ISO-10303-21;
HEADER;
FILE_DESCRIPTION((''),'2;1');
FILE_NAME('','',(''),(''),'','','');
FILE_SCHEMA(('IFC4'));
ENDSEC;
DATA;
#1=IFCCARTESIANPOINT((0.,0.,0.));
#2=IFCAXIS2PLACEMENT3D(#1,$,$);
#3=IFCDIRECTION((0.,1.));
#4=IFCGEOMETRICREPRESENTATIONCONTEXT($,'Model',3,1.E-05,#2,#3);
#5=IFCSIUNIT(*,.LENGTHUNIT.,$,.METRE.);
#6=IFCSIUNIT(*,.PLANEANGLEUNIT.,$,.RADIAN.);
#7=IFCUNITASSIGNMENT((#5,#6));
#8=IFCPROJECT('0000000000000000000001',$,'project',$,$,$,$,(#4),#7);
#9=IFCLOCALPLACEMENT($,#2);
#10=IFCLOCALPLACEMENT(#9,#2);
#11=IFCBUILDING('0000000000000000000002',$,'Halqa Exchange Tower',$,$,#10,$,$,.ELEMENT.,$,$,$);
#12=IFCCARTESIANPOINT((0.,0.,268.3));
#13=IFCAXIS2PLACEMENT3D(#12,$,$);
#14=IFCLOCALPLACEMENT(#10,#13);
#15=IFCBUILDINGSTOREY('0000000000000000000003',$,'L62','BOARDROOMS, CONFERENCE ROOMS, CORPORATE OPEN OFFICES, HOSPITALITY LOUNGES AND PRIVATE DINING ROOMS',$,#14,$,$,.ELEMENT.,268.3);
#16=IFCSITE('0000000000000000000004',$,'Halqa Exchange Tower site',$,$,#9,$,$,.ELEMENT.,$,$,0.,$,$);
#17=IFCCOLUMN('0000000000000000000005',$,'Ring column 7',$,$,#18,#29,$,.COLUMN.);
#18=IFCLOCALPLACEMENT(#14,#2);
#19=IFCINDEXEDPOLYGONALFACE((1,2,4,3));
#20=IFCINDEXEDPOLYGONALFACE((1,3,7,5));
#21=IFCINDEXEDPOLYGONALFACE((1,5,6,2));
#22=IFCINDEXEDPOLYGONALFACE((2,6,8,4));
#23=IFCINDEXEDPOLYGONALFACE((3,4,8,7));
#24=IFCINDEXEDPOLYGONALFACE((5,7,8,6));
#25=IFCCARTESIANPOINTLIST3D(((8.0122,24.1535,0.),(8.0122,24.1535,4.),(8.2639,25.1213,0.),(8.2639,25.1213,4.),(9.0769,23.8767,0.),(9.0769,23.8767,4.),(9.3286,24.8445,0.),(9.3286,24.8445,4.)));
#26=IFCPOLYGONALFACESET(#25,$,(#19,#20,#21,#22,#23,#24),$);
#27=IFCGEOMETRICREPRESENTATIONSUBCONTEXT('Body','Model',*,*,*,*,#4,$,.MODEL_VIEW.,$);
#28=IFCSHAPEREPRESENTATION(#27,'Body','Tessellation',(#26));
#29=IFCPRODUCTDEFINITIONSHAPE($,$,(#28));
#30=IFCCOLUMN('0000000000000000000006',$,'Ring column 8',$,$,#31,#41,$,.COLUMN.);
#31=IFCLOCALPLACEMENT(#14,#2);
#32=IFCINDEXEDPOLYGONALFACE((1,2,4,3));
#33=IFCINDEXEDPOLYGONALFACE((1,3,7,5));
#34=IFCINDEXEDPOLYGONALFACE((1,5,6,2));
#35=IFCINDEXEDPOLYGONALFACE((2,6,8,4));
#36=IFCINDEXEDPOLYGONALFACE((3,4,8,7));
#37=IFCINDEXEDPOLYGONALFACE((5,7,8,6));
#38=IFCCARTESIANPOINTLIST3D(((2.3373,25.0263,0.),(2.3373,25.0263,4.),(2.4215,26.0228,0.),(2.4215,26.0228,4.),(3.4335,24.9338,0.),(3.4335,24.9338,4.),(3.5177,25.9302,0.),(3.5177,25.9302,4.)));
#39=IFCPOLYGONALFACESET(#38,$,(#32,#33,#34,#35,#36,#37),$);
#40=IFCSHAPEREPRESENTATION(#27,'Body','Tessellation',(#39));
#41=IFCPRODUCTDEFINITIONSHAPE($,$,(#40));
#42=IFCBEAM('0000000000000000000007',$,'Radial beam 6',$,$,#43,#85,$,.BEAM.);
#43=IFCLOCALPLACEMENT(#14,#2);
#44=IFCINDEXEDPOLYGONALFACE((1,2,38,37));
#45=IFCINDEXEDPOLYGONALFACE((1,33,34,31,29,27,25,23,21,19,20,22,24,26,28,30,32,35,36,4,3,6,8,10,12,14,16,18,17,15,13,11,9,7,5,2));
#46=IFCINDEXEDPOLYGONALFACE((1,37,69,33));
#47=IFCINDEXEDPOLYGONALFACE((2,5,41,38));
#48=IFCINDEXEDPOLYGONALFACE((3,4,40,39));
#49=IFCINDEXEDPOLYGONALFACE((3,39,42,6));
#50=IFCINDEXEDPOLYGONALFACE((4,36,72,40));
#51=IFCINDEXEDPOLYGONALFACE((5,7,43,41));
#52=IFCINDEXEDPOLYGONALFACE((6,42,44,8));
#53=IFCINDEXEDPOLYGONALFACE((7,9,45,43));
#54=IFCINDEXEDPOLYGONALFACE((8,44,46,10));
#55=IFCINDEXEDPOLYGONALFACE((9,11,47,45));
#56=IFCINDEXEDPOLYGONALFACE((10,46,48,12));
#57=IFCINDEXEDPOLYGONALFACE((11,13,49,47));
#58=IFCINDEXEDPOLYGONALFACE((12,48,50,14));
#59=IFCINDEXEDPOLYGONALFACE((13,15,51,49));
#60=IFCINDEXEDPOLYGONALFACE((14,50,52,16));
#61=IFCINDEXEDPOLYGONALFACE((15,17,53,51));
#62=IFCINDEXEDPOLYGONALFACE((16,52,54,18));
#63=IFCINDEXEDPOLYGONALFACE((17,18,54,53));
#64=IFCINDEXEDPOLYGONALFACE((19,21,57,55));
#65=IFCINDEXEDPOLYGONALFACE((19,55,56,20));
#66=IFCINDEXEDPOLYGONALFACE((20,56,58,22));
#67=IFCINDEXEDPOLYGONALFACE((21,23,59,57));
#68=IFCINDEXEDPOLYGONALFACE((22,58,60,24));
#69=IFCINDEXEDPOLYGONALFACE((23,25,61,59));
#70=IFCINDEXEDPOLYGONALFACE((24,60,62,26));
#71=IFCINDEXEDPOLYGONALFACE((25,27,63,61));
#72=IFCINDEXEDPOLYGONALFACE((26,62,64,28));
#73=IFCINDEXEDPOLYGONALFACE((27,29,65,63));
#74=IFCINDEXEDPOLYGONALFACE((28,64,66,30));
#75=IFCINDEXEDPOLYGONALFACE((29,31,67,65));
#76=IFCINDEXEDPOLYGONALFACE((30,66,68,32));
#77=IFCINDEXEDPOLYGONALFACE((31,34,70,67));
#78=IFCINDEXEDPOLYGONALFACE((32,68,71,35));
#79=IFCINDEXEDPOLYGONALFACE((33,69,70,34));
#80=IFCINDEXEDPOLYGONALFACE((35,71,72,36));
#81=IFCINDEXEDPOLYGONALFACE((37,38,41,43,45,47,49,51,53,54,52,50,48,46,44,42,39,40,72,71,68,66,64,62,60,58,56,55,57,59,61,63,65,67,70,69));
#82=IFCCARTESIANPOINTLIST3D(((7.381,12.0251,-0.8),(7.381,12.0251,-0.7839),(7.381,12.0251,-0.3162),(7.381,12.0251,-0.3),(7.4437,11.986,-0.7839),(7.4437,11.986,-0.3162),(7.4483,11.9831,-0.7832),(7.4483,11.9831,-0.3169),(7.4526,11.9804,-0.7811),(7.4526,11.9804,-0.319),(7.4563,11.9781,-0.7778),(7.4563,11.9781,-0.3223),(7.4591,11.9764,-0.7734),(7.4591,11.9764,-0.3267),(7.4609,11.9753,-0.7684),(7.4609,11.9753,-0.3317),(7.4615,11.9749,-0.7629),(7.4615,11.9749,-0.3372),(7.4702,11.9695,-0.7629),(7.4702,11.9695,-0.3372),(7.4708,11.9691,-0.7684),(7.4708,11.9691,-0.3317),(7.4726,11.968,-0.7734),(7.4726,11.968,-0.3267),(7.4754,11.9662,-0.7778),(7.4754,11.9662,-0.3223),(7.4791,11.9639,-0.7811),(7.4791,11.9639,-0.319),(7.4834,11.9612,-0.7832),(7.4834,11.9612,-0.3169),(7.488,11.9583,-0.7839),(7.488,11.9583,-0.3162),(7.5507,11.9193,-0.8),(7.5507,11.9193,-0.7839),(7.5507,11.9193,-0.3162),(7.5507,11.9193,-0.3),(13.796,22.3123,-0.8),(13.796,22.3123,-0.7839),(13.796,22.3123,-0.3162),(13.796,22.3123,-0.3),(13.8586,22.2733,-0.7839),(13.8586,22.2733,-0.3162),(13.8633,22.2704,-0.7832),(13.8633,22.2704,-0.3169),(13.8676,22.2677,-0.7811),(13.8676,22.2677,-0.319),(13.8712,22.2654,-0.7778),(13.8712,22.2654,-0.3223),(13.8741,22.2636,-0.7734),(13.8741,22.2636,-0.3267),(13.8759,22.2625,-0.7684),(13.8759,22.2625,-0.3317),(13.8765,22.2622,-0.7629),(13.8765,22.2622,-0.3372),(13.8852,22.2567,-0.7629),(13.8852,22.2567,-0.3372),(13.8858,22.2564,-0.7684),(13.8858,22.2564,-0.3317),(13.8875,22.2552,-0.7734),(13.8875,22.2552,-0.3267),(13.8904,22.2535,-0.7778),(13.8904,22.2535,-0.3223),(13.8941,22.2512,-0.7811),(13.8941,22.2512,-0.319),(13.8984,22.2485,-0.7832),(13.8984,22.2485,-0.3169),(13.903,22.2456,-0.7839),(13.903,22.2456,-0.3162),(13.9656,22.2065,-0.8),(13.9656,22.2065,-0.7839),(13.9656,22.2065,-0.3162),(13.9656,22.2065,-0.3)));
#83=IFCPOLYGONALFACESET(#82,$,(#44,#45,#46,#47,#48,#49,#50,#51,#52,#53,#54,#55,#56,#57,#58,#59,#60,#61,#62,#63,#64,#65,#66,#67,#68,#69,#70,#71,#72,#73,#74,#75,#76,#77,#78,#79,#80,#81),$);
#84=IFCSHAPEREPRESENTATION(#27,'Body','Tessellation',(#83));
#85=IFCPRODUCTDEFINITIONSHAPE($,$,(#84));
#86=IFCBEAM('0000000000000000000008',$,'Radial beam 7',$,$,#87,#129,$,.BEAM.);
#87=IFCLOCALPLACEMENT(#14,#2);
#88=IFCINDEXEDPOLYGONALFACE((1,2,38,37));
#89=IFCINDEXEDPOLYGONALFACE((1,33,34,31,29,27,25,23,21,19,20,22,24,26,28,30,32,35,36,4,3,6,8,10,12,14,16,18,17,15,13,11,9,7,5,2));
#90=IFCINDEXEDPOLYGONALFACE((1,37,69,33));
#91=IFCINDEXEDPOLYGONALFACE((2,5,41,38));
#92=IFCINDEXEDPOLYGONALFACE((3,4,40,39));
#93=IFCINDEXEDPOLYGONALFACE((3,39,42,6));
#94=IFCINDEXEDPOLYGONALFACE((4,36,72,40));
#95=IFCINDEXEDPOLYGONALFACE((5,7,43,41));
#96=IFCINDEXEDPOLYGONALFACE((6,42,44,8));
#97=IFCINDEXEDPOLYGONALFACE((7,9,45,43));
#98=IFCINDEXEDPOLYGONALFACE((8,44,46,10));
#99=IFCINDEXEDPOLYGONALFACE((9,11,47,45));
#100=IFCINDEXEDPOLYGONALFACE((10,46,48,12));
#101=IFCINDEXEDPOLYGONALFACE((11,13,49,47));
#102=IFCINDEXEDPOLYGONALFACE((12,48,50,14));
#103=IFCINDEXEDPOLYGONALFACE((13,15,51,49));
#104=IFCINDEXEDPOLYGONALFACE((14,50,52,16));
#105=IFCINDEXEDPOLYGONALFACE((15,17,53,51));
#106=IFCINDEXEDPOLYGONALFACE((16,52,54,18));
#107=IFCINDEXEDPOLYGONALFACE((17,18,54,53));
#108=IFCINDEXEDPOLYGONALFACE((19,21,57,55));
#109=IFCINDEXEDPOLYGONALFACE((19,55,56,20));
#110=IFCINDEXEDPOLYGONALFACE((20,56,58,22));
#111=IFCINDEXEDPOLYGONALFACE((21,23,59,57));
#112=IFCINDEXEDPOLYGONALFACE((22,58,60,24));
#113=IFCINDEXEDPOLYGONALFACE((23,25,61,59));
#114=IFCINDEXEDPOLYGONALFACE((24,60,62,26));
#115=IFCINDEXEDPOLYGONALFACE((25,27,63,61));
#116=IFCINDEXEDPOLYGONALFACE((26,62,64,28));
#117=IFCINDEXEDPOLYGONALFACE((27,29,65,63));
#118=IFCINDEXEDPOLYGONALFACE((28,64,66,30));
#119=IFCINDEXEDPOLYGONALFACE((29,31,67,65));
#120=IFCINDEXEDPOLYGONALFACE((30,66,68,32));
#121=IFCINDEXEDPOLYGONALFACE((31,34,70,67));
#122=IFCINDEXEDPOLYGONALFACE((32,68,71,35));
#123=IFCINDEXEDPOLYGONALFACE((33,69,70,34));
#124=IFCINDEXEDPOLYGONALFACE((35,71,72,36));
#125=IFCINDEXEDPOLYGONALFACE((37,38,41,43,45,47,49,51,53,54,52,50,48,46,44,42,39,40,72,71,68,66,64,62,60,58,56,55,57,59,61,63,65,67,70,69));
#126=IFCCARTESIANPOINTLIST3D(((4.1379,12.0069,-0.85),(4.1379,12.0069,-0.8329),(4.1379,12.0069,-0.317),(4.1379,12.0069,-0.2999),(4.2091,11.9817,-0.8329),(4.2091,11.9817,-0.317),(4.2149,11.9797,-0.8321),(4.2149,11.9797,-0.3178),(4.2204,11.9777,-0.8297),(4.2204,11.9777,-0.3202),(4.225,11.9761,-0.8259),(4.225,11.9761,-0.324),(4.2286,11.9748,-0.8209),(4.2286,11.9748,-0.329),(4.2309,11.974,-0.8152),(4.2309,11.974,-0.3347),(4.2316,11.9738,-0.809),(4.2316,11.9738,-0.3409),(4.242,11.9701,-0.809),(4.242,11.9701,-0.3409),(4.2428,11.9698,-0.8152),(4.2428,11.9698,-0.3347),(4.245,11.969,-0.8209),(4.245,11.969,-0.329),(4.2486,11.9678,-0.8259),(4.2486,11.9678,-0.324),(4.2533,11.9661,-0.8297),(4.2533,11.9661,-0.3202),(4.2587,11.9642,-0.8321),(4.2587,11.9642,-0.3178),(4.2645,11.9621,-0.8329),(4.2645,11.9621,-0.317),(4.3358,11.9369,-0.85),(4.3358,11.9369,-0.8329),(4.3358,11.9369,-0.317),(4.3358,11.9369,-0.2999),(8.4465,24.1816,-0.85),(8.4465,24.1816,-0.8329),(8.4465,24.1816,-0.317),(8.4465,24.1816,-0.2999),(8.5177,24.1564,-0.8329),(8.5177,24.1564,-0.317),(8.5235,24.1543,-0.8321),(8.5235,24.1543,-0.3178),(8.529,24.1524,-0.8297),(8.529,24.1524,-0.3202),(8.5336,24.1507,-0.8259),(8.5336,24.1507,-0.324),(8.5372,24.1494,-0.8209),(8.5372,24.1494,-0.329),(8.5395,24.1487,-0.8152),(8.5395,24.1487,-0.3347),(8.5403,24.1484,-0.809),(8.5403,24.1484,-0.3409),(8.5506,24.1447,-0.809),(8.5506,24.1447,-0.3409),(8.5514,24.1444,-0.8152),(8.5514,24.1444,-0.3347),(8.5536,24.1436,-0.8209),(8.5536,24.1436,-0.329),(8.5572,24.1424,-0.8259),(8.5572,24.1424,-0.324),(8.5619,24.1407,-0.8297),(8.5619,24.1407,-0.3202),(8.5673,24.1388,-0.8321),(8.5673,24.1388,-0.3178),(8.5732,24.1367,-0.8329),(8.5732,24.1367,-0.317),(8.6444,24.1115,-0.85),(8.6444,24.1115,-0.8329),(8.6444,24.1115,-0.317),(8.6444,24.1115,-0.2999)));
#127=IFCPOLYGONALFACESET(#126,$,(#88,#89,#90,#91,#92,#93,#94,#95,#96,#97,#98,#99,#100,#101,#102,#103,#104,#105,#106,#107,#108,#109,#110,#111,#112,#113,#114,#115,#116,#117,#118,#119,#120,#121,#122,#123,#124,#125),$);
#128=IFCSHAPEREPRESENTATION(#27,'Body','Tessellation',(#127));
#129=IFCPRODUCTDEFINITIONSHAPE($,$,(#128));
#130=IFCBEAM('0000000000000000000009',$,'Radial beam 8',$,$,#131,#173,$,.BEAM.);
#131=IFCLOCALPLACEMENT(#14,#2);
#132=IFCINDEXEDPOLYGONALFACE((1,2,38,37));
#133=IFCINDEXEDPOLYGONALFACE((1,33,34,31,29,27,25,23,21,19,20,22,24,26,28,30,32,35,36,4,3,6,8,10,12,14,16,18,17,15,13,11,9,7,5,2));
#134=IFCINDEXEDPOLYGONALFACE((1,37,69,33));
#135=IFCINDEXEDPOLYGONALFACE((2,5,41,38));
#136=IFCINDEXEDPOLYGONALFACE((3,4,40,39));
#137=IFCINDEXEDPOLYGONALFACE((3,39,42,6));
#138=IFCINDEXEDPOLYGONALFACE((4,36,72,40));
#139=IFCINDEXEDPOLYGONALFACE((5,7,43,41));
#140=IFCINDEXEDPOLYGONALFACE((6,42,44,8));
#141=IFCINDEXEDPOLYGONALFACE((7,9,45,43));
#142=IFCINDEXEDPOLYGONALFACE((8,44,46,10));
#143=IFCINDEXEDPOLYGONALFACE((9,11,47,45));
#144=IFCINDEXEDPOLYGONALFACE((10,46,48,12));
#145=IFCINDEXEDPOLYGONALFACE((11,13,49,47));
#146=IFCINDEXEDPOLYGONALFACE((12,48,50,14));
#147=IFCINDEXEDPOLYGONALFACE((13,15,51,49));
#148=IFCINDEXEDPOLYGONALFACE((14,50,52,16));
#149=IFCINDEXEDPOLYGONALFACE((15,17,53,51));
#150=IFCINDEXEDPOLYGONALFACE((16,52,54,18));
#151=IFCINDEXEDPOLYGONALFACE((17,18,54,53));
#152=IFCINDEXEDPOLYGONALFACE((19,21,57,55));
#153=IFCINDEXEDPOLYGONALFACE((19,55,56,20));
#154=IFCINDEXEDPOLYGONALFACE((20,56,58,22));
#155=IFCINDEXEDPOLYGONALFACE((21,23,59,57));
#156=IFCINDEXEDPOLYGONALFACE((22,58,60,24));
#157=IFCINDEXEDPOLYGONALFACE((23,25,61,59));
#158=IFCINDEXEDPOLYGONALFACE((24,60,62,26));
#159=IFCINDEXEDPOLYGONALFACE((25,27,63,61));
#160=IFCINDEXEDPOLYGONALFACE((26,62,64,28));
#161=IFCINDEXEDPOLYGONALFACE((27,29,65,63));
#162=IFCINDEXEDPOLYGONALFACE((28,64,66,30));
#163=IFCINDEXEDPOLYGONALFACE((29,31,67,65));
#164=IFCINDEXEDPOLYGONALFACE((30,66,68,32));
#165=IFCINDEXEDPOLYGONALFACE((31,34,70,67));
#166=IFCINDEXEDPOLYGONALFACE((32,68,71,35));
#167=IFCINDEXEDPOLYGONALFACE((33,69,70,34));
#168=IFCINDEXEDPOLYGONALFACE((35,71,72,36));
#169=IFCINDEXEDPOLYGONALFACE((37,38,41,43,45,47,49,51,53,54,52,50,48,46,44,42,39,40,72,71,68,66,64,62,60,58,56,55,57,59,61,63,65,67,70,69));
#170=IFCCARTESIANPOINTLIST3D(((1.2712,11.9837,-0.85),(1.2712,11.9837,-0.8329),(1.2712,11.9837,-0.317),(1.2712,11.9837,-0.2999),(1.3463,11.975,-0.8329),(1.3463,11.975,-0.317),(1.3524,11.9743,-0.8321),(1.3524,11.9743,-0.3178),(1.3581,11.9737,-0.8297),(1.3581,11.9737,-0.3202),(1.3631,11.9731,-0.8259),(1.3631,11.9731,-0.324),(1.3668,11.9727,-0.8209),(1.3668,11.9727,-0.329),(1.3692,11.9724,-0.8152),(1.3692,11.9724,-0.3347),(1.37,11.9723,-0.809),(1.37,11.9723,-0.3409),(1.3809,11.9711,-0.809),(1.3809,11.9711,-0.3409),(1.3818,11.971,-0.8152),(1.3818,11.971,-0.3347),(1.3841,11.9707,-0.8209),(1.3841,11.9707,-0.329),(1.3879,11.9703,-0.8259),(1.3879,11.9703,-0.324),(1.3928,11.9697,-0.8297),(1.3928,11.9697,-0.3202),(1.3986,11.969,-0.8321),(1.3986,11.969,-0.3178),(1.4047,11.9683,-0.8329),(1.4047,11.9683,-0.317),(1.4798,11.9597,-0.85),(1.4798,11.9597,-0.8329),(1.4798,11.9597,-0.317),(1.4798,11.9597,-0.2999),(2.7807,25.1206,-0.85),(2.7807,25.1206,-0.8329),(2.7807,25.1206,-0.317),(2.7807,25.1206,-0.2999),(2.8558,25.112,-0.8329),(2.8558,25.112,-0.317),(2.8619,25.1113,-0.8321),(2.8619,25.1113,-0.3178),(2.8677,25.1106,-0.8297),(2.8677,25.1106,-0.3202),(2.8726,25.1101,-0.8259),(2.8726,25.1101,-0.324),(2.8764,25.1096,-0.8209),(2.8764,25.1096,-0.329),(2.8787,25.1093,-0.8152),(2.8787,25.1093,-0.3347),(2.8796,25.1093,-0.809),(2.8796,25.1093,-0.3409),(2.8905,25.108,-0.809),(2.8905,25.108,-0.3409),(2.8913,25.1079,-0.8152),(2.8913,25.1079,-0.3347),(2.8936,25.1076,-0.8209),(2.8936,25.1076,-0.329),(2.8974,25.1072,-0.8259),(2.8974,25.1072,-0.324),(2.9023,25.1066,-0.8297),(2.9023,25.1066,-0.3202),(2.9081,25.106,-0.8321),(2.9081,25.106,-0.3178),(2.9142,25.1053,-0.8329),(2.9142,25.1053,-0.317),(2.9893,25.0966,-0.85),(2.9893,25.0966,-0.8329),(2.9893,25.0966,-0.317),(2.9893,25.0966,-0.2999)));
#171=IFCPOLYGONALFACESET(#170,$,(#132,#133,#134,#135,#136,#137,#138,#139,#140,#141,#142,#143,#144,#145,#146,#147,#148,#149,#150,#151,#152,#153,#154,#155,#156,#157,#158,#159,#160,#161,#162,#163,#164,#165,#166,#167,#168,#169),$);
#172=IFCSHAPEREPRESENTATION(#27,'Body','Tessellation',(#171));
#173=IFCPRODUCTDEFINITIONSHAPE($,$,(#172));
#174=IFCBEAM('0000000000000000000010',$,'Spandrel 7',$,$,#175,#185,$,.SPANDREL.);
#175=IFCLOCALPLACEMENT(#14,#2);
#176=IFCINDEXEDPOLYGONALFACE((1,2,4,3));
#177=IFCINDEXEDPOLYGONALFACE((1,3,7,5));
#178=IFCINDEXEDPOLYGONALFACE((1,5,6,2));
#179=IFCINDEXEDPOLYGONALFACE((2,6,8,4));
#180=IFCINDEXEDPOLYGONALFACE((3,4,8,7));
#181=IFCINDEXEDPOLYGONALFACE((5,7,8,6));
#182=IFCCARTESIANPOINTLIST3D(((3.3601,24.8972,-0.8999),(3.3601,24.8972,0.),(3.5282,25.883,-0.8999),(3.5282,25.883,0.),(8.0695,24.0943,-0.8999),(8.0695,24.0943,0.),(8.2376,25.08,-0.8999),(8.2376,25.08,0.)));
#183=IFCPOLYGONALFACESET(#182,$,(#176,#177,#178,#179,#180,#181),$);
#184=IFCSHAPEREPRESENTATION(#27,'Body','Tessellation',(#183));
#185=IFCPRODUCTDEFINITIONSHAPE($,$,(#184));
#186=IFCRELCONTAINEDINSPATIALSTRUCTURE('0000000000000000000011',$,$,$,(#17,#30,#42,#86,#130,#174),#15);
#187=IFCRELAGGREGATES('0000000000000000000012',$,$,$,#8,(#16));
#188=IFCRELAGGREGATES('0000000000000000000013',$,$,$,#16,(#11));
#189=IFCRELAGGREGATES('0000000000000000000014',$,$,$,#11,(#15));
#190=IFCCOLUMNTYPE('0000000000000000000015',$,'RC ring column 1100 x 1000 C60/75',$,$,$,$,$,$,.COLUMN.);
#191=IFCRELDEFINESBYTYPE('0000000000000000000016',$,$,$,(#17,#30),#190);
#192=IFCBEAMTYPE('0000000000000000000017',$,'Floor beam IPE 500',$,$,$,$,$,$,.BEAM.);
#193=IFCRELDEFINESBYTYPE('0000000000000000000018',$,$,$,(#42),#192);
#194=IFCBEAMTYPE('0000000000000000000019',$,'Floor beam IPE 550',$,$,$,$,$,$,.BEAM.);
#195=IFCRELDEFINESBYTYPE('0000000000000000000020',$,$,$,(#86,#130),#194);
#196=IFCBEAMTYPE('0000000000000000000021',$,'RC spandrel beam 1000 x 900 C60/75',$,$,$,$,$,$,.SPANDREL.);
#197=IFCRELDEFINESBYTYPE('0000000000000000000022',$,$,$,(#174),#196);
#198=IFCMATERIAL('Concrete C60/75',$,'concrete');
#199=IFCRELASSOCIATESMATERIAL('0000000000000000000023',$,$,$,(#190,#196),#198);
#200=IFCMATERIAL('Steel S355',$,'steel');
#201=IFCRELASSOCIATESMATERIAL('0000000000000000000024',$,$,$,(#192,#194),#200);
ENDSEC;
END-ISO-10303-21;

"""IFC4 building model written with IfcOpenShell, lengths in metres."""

from ifc_helpers import new_model, si_unit, direction, frame, origin, origin_2d, place, context, subcontext, project, spatial, rectangle, i_section, extrude, material, material_profile, profile_set, type_object, element, save


model = new_model("IFC4")

# Units and contexts
model_context = context("Model", 3, precision=1e-05, world=origin(), true_north=direction((0.0, 1.0)))
body_context = subcontext(model_context, "Body", "Model", "MODEL_VIEW")
ifc_project = project(units=[si_unit("LENGTHUNIT", "METRE"), si_unit("PLANEANGLEUNIT", "RADIAN")], contexts=[model_context])

# Site, building, storey
site_placement = place(None, origin())
site = spatial("IfcSite", under=ifc_project, at=site_placement, Name="Halqa Exchange Tower site", CompositionType="ELEMENT", RefElevation=0.0)
building_placement = place(site_placement, origin())
building = spatial("IfcBuilding", under=site, at=building_placement, Name="Halqa Exchange Tower", CompositionType="ELEMENT")
storey_placement = place(building_placement, frame((0.0, 0.0, 268.3)))
storey = spatial("IfcBuildingStorey", under=building, at=storey_placement, Name="L62", Description="BOARDROOMS, CONFERENCE ROOMS, CORPORATE OPEN OFFICES, HOSPITALITY LOUNGES AND PRIVATE DINING ROOMS", CompositionType="ELEMENT", Elevation=268.3)

# Columns
ifc_material_1 = material(Name="Concrete C60/75", Category="concrete")
ifc_material_profile_1 = material_profile(ifc_material_1, rectangle(XDim=1.1001, YDim=1.0, at=origin_2d()), Name="1100 x 1000")
ifc_profile_set_1 = profile_set([ifc_material_profile_1], Name="Concrete C60/75")
column_type = type_object("IfcColumnType", Name="RC ring column 1100 x 1000 C60/75", PredefinedType="COLUMN", material=ifc_profile_set_1)
for number, where, z_axis, x_axis, name in (
    (1, (8.6704, 24.499, 0.0), (0.0, 0.0, 1.0), (-0.96782, 0.251642, 0.0), "Ring column 7"),
    (2, (2.9275, 25.4783, 0.0), (0.0, 0.0, 1.0), (-0.996456, 0.084121, 0.0), "Ring column 8"),
):
    element("IfcColumn", number, at=place(storey_placement, frame(where, z_axis=z_axis, x_axis=x_axis)), inside=storey, type_object=column_type, Name=name, PredefinedType="COLUMN", context=body_context, shape_type="SweptSolid", body=[
        extrude(rectangle(XDim=1.1001, YDim=1.0, at=origin_2d()), origin(), (0.0, 0.0, 1.0), 4.0),
    ])

# Beams
ifc_material_2 = material(Name="Steel S355", Category="steel")
ifc_material_profile_2 = material_profile(ifc_material_2, i_section(OverallWidth=0.2, OverallDepth=0.5, WebThickness=0.0103, FlangeThickness=0.0161, FilletRadius=0.021, at=origin_2d()), Name="IPE 500")
ifc_profile_set_2 = profile_set([ifc_material_profile_2], Name="Steel S355")
beam_type_1 = type_object("IfcBeamType", Name="Floor beam IPE 500", PredefinedType="BEAM", material=ifc_profile_set_2)
beam_1_placement = place(storey_placement, frame((7.4658, 11.9722, -0.55), z_axis=(0.529135, 0.848538, 0.0), x_axis=(-0.848538, 0.529135, 0.0)))
element("IfcBeam", 3, at=beam_1_placement, inside=storey, type_object=beam_type_1, Name="Radial beam 6", PredefinedType="BEAM", context=body_context, shape_type="SweptSolid", body=[
    extrude(i_section(OverallWidth=0.2, OverallDepth=0.5, WebThickness=0.0103, FlangeThickness=0.0161, FilletRadius=0.021, at=origin_2d()), origin(), (0.0, 0.0, 1.0), 12.1235),
])
ifc_material_profile_3 = material_profile(ifc_material_2, i_section(OverallWidth=0.21, OverallDepth=0.55, WebThickness=0.011, FlangeThickness=0.0171, FilletRadius=0.0239, at=origin_2d()), Name="IPE 550")
ifc_profile_set_3 = profile_set([ifc_material_profile_3], Name="Steel S355")
beam_type_2 = type_object("IfcBeamType", Name="Floor beam IPE 550", PredefinedType="BEAM", material=ifc_profile_set_3)
beam_2_placement = place(storey_placement, frame((4.2368, 11.9719, -0.575), z_axis=(0.333625, 0.942706, 0.0), x_axis=(-0.942706, 0.333625, 0.0)))
element("IfcBeam", 4, at=beam_2_placement, inside=storey, type_object=beam_type_2, Name="Radial beam 7", PredefinedType="BEAM", context=body_context, shape_type="SweptSolid", body=[
    extrude(i_section(OverallWidth=0.21, OverallDepth=0.55, WebThickness=0.011, FlangeThickness=0.0171, FilletRadius=0.0239, at=origin_2d()), origin(), (0.0, 0.0, 1.0), 12.9146),
])
beam_3_placement = place(storey_placement, frame((1.3755, 11.9717, -0.575), z_axis=(0.114155, 0.993463, 0.0), x_axis=(-0.993463, 0.114155, 0.0)))
element("IfcBeam", 5, at=beam_3_placement, inside=storey, type_object=beam_type_2, Name="Radial beam 8", PredefinedType="BEAM", context=body_context, shape_type="SweptSolid", body=[
    extrude(i_section(OverallWidth=0.21, OverallDepth=0.55, WebThickness=0.011, FlangeThickness=0.0171, FilletRadius=0.0239, at=origin_2d()), origin(), (0.0, 0.0, 1.0), 13.2234),
])
ifc_material_profile_4 = material_profile(ifc_material_1, rectangle(XDim=1.0, YDim=0.8999, at=origin_2d()), Name="1000 x 900")
ifc_profile_set_4 = profile_set([ifc_material_profile_4], Name="Concrete C60/75")
beam_type_3 = type_object("IfcBeamType", Name="RC spandrel beam 1000 x 900 C60/75", PredefinedType="SPANDREL", material=ifc_profile_set_4)
beam_4_placement = place(storey_placement, frame((8.1536, 24.5872, -0.45), z_axis=(-0.985774, 0.168077, 0.0), x_axis=(-0.168077, -0.985774, 0.0)))
element("IfcBeam", 6, at=beam_4_placement, inside=storey, type_object=beam_type_3, Name="Spandrel 7", PredefinedType="SPANDREL", context=body_context, shape_type="SweptSolid", body=[
    extrude(rectangle(XDim=1.0, YDim=0.8999, at=origin_2d()), origin(), (0.0, 0.0, 1.0), 4.7773),
])

save(model, "model.ifc")
